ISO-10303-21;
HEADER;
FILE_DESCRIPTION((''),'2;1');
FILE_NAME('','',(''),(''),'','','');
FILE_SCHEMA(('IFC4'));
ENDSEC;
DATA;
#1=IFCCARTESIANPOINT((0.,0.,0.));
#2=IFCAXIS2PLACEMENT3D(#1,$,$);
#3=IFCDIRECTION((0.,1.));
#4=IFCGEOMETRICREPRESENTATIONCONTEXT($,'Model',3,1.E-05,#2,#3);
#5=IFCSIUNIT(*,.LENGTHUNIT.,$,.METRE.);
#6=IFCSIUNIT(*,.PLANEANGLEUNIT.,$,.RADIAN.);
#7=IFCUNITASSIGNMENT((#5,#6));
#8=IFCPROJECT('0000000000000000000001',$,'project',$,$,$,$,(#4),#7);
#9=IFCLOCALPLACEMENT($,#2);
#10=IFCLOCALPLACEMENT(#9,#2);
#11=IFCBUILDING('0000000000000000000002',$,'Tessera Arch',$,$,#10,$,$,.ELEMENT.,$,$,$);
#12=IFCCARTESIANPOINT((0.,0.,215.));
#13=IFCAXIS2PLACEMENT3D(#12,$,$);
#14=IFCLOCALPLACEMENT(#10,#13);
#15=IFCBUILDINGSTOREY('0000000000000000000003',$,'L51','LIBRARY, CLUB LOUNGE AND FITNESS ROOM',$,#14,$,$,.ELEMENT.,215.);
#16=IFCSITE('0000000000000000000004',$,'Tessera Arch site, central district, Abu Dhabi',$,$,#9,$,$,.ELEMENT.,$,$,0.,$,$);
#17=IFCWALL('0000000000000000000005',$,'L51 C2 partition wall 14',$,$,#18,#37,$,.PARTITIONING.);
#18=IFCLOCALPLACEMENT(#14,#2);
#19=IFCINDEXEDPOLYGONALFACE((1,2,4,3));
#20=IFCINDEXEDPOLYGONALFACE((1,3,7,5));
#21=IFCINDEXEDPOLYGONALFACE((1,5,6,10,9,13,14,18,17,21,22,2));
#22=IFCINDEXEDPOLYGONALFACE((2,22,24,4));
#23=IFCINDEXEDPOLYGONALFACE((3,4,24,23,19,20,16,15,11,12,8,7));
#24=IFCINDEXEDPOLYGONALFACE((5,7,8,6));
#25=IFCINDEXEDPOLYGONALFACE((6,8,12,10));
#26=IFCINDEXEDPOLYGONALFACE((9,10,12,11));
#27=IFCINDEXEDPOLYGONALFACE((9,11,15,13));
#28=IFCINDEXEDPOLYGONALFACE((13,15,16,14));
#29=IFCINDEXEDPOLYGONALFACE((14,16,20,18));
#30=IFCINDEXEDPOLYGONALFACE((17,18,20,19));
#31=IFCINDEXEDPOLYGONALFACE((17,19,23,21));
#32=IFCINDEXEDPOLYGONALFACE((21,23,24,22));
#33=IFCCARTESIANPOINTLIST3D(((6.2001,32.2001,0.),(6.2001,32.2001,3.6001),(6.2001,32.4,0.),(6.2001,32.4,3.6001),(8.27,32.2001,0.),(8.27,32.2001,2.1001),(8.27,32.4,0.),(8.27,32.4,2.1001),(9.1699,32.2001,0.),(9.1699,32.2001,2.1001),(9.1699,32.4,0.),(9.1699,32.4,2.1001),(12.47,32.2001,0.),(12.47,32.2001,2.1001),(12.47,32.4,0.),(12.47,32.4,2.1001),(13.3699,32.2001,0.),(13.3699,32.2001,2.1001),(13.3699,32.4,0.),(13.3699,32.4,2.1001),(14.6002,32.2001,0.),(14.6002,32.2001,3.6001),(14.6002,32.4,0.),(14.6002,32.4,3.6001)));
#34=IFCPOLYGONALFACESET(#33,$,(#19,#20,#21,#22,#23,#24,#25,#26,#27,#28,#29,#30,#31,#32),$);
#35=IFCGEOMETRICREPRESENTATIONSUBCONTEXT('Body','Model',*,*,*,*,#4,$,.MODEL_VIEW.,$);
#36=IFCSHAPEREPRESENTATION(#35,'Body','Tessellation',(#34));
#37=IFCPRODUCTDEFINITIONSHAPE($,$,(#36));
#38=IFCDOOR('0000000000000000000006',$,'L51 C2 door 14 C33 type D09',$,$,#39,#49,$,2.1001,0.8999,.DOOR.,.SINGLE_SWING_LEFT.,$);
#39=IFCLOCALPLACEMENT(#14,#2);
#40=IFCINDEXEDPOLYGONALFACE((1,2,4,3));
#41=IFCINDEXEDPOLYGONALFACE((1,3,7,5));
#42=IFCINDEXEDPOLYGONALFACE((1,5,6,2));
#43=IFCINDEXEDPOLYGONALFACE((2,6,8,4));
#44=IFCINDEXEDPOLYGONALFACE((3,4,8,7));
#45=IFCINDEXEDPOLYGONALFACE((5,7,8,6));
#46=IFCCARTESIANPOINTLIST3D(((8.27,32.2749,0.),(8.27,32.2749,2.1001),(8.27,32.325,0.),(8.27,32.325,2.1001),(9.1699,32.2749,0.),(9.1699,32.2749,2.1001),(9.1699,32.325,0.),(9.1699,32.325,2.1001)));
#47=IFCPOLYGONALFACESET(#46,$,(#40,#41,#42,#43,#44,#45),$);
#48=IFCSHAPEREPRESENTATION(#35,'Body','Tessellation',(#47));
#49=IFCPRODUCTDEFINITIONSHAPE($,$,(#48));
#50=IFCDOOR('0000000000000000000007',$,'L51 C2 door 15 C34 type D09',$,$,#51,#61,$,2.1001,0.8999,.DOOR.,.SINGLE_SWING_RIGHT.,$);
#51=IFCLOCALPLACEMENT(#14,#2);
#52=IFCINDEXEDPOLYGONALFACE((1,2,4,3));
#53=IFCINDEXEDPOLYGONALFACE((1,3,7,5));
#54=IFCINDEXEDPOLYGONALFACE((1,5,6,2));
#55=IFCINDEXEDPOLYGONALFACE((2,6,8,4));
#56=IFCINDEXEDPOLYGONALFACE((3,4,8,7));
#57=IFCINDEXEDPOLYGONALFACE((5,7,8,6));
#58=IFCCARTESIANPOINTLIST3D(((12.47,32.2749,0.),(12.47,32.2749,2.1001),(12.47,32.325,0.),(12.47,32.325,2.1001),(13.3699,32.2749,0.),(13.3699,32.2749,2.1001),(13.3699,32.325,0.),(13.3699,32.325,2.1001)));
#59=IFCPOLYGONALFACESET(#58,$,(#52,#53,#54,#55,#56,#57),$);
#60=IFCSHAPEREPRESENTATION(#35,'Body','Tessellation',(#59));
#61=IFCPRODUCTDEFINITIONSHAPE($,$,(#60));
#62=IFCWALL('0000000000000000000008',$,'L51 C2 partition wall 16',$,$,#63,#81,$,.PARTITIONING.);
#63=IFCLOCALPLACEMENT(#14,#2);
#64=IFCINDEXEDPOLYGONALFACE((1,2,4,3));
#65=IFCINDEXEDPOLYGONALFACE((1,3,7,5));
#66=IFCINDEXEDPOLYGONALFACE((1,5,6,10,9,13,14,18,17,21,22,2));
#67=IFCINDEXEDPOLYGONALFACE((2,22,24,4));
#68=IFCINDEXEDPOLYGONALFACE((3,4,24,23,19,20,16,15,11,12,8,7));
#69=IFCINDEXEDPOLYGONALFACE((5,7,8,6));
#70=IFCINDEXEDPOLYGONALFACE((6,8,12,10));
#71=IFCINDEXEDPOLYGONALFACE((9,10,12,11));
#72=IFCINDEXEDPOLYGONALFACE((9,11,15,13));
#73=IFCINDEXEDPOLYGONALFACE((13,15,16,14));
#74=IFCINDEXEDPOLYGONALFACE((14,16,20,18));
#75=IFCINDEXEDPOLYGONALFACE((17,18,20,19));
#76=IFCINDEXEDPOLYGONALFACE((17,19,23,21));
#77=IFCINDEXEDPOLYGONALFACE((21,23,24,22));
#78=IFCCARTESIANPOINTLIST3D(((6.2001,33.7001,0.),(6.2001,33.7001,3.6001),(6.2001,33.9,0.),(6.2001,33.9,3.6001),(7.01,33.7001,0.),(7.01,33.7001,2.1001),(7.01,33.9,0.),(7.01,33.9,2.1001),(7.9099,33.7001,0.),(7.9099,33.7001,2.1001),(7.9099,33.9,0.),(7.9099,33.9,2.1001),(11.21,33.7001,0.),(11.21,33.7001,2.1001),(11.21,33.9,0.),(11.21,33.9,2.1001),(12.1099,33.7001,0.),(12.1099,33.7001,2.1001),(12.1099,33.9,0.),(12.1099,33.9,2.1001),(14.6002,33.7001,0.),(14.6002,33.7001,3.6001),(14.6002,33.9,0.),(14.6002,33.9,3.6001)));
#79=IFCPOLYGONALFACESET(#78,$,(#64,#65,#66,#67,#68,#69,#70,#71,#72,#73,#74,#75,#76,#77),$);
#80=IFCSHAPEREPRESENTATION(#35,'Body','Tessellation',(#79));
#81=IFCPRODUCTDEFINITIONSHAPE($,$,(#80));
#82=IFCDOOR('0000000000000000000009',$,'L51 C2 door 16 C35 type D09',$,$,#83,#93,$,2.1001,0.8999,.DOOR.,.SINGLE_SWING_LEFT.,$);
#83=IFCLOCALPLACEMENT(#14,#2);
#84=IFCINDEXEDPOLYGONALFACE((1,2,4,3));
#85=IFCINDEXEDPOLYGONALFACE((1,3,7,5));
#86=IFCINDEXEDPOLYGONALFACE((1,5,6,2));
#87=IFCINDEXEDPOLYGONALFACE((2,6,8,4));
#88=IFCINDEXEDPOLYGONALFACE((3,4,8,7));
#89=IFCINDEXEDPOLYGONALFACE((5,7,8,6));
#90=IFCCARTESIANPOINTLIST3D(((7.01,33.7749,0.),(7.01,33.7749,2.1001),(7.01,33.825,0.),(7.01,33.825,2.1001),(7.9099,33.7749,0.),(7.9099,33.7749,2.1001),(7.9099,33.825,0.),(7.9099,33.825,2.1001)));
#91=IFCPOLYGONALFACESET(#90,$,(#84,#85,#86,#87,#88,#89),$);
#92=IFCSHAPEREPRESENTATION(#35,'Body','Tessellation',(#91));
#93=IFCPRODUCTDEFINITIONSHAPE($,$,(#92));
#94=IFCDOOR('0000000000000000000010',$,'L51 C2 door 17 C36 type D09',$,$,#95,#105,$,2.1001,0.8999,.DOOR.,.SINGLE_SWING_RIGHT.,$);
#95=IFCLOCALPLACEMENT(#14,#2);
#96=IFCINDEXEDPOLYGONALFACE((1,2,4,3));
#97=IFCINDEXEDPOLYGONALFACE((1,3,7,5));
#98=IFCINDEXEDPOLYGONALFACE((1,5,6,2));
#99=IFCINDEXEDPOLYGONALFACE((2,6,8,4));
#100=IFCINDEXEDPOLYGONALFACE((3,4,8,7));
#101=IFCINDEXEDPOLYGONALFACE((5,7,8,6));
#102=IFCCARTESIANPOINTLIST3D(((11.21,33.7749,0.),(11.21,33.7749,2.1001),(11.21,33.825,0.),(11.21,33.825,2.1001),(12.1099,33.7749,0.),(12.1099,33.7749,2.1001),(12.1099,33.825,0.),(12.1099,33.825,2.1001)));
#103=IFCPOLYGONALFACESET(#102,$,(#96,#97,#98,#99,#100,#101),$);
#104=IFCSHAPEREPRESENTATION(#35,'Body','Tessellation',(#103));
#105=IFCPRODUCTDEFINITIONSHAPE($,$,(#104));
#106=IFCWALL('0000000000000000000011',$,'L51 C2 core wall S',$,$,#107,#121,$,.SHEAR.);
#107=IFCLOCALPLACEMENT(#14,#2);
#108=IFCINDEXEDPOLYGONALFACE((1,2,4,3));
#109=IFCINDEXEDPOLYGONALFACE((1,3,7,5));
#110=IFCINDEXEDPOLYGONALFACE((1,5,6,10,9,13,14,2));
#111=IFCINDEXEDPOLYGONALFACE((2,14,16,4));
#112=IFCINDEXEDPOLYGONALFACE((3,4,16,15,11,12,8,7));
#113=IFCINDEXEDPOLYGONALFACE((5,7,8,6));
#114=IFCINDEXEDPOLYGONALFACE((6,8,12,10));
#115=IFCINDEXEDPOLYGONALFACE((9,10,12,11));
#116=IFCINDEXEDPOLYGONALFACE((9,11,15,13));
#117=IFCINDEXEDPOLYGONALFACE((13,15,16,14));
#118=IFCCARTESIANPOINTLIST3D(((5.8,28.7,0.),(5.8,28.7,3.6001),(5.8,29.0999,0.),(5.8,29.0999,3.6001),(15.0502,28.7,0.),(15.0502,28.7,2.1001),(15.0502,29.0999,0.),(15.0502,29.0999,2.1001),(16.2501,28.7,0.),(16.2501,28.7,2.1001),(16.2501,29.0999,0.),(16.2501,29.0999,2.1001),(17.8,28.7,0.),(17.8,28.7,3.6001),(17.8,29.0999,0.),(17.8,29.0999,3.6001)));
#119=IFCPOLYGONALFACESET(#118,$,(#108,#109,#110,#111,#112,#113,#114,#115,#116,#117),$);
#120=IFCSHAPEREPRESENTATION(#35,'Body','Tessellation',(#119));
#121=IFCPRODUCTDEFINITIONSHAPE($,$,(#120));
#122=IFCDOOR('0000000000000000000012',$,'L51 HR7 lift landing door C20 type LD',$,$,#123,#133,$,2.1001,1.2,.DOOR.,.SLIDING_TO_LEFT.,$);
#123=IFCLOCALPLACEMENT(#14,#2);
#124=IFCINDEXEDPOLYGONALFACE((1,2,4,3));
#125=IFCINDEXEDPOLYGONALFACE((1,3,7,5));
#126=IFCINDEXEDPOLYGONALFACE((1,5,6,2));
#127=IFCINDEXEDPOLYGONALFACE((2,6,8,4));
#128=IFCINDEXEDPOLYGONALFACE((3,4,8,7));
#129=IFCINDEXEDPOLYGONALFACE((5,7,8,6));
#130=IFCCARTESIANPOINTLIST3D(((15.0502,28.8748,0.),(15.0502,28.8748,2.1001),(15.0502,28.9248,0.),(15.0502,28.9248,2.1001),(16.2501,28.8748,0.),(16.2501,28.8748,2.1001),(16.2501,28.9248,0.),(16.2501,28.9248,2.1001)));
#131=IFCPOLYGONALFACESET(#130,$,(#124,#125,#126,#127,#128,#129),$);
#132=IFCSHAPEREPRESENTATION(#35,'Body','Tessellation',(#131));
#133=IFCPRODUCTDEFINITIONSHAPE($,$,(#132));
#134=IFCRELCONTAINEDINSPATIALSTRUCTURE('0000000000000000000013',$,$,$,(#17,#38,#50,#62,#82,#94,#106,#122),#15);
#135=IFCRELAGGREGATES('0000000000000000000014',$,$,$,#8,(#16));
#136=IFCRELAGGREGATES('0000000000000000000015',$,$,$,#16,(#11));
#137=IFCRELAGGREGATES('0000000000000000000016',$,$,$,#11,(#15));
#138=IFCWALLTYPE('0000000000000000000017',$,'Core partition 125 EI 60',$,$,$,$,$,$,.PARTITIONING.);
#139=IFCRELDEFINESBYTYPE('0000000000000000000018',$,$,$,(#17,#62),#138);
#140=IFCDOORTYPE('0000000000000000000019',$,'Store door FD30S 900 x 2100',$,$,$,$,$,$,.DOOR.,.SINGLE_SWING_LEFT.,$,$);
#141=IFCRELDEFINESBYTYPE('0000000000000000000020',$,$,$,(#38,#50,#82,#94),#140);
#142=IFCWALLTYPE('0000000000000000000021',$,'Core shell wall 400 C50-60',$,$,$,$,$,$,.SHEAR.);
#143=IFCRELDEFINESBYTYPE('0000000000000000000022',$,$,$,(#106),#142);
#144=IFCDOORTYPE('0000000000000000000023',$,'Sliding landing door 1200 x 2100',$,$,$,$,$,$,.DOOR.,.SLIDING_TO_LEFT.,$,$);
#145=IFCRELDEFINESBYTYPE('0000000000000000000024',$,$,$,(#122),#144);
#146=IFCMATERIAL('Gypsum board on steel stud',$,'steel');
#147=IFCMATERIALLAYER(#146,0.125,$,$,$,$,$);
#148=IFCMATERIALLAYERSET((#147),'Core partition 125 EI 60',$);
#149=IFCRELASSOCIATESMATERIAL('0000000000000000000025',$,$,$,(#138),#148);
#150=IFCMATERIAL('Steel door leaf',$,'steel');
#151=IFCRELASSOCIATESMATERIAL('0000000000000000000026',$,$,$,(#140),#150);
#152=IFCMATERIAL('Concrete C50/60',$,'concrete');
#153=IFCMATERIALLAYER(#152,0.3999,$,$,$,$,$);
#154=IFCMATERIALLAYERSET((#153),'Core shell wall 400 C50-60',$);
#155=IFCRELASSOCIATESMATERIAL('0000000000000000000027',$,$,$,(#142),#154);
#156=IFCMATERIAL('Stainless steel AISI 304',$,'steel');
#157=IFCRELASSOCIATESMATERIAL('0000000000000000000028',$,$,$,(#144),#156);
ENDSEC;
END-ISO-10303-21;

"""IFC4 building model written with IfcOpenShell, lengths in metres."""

from ifc_helpers import new_model, si_unit, direction, frame, frame_2d, origin, place, context, subcontext, project, spatial, rectangle, extrude, material, layer, layer_set, type_object, element, fill, save


model = new_model("IFC4")

# Units and contexts
model_context = context("Model", 3, precision=1e-05, world=origin(), true_north=direction((0.0, 1.0)))
body_context = subcontext(model_context, "Body", "Model", "MODEL_VIEW")
ifc_project = project(units=[si_unit("LENGTHUNIT", "METRE"), si_unit("PLANEANGLEUNIT", "RADIAN")], contexts=[model_context])

# Site, building, storey
site_placement = place(None, origin())
site = spatial("IfcSite", under=ifc_project, at=site_placement, Name="Tessera Arch site, central district, Abu Dhabi", CompositionType="ELEMENT", RefElevation=0.0)
building_placement = place(site_placement, origin())
building = spatial("IfcBuilding", under=site, at=building_placement, Name="Tessera Arch", CompositionType="ELEMENT")
storey_placement = place(building_placement, frame((0.0, 0.0, 215.0)))
storey = spatial("IfcBuildingStorey", under=building, at=storey_placement, Name="L51", Description="LIBRARY, CLUB LOUNGE AND FITNESS ROOM", CompositionType="ELEMENT", Elevation=215.0)

# Shared definitions
ifc_material_1 = material(Name="Gypsum board on steel stud", Category="steel")
ifc_layer_1 = layer(ifc_material_1, 0.125)
ifc_layer_set_1 = layer_set([ifc_layer_1], Name="Core partition 125 EI 60")
wall_type_1 = type_object("IfcWallType", Name="Core partition 125 EI 60", PredefinedType="PARTITIONING", material=ifc_layer_set_1)

# Walls, openings, doors
wall_1_placement = place(storey_placement, frame((6.2, 32.3, 0.0), z_axis=(0.0, 0.0, 1.0), x_axis=(1.0, 0.0, 0.0)))
wall_1 = element("IfcWall", 1, at=wall_1_placement, inside=storey, type_object=wall_type_1, Name="L51 C2 partition wall 14", PredefinedType="PARTITIONING", context=body_context, shape_type="SweptSolid", body=[
    extrude(rectangle(XDim=8.4001, YDim=0.2, at=frame_2d((4.2002, 0.0))), origin(), (0.0, 0.0, 1.0), 3.6001),
])
opening_1_placement = place(wall_1_placement, frame((2.0701, 0.0, 0.0)))
opening_1 = element("IfcOpeningElement", 2, at=opening_1_placement, cuts=wall_1, PredefinedType="OPENING", context=body_context, shape_type="SweptSolid", body=[
    extrude(rectangle(XDim=0.8999, YDim=2.1001, at=frame_2d((0.45, 1.05))), frame((0.0, 0.1099, 0.0), z_axis=(0.0, -1.0, 0.0), x_axis=(1.0, 0.0, 0.0)), (0.0, 0.0, 1.0), 0.22),
])
opening_2_placement = place(wall_1_placement, frame((6.27, 0.0, 0.0)))
opening_2 = element("IfcOpeningElement", 3, at=opening_2_placement, cuts=wall_1, PredefinedType="OPENING", context=body_context, shape_type="SweptSolid", body=[
    extrude(rectangle(XDim=0.8999, YDim=2.1001, at=frame_2d((0.45, 1.05))), frame((0.0, 0.1099, 0.0), z_axis=(0.0, -1.0, 0.0), x_axis=(1.0, 0.0, 0.0)), (0.0, 0.0, 1.0), 0.22),
])
ifc_material_2 = material(Name="Steel door leaf", Category="steel")
door_type_1 = type_object("IfcDoorType", Name="Store door FD30S 900 x 2100", OperationType="SINGLE_SWING_LEFT", PredefinedType="DOOR", material=ifc_material_2)
door_1_placement = place(opening_1_placement, origin())
door_1 = element("IfcDoor", 4, at=door_1_placement, inside=storey, type_object=door_type_1, Name="L51 C2 door 14 C33 type D09", OperationType="SINGLE_SWING_LEFT", OverallHeight=2.1001, OverallWidth=0.8999, PredefinedType="DOOR", context=body_context, shape_type="SweptSolid", body=[
    extrude(rectangle(XDim=0.8999, YDim=2.1001, at=frame_2d((0.45, 1.05))), frame((0.0, 0.0249, 0.0), z_axis=(0.0, -1.0, 0.0), x_axis=(1.0, 0.0, 0.0)), (0.0, 0.0, 1.0), 0.05),
])
fill(opening_1, door_1)
door_2_placement = place(opening_2_placement, origin())
door_2 = element("IfcDoor", 5, at=door_2_placement, inside=storey, type_object=door_type_1, Name="L51 C2 door 15 C34 type D09", OperationType="SINGLE_SWING_RIGHT", OverallHeight=2.1001, OverallWidth=0.8999, PredefinedType="DOOR", context=body_context, shape_type="SweptSolid", body=[
    extrude(rectangle(XDim=0.8999, YDim=2.1001, at=frame_2d((0.45, 1.05))), frame((0.0, 0.0249, 0.0), z_axis=(0.0, -1.0, 0.0), x_axis=(1.0, 0.0, 0.0)), (0.0, 0.0, 1.0), 0.05),
])
fill(opening_2, door_2)
wall_2_placement = place(storey_placement, frame((6.2, 33.8, 0.0), z_axis=(0.0, 0.0, 1.0), x_axis=(1.0, 0.0, 0.0)))
wall_2 = element("IfcWall", 6, at=wall_2_placement, inside=storey, type_object=wall_type_1, Name="L51 C2 partition wall 16", PredefinedType="PARTITIONING", context=body_context, shape_type="SweptSolid", body=[
    extrude(rectangle(XDim=8.4001, YDim=0.2, at=frame_2d((4.2002, 0.0))), origin(), (0.0, 0.0, 1.0), 3.6001),
])
opening_3_placement = place(wall_2_placement, frame((0.8101, 0.0, 0.0)))
opening_3 = element("IfcOpeningElement", 7, at=opening_3_placement, cuts=wall_2, PredefinedType="OPENING", context=body_context, shape_type="SweptSolid", body=[
    extrude(rectangle(XDim=0.8999, YDim=2.1001, at=frame_2d((0.45, 1.05))), frame((0.0, 0.1099, 0.0), z_axis=(0.0, -1.0, 0.0), x_axis=(1.0, 0.0, 0.0)), (0.0, 0.0, 1.0), 0.22),
])
opening_4_placement = place(wall_2_placement, frame((5.01, 0.0, 0.0)))
opening_4 = element("IfcOpeningElement", 8, at=opening_4_placement, cuts=wall_2, PredefinedType="OPENING", context=body_context, shape_type="SweptSolid", body=[
    extrude(rectangle(XDim=0.8999, YDim=2.1001, at=frame_2d((0.45, 1.05))), frame((0.0, 0.1099, 0.0), z_axis=(0.0, -1.0, 0.0), x_axis=(1.0, 0.0, 0.0)), (0.0, 0.0, 1.0), 0.22),
])
door_3_placement = place(opening_3_placement, origin())
door_3 = element("IfcDoor", 9, at=door_3_placement, inside=storey, type_object=door_type_1, Name="L51 C2 door 16 C35 type D09", OperationType="SINGLE_SWING_LEFT", OverallHeight=2.1001, OverallWidth=0.8999, PredefinedType="DOOR", context=body_context, shape_type="SweptSolid", body=[
    extrude(rectangle(XDim=0.8999, YDim=2.1001, at=frame_2d((0.45, 1.05))), frame((0.0, 0.0249, 0.0), z_axis=(0.0, -1.0, 0.0), x_axis=(1.0, 0.0, 0.0)), (0.0, 0.0, 1.0), 0.05),
])
fill(opening_3, door_3)
door_4_placement = place(opening_4_placement, origin())
door_4 = element("IfcDoor", 10, at=door_4_placement, inside=storey, type_object=door_type_1, Name="L51 C2 door 17 C36 type D09", OperationType="SINGLE_SWING_RIGHT", OverallHeight=2.1001, OverallWidth=0.8999, PredefinedType="DOOR", context=body_context, shape_type="SweptSolid", body=[
    extrude(rectangle(XDim=0.8999, YDim=2.1001, at=frame_2d((0.45, 1.05))), frame((0.0, 0.0249, 0.0), z_axis=(0.0, -1.0, 0.0), x_axis=(1.0, 0.0, 0.0)), (0.0, 0.0, 1.0), 0.05),
])
fill(opening_4, door_4)

# Wall, opening, door
ifc_material_3 = material(Name="Concrete C50/60", Category="concrete")
ifc_layer_2 = layer(ifc_material_3, 0.3999)
ifc_layer_set_2 = layer_set([ifc_layer_2], Name="Core shell wall 400 C50-60")
wall_type_2 = type_object("IfcWallType", Name="Core shell wall 400 C50-60", PredefinedType="SHEAR", material=ifc_layer_set_2)
wall_3_placement = place(storey_placement, frame((5.8, 28.8999, 0.0), z_axis=(0.0, 0.0, 1.0), x_axis=(1.0, 0.0, 0.0)))
wall_3 = element("IfcWall", 11, at=wall_3_placement, inside=storey, type_object=wall_type_2, Name="L51 C2 core wall S", PredefinedType="SHEAR", context=body_context, shape_type="SweptSolid", body=[
    extrude(rectangle(XDim=12.0, YDim=0.3999, at=frame_2d((6.0, 0.0))), origin(), (0.0, 0.0, 1.0), 3.6001),
])
opening_5_placement = place(wall_3_placement, frame((9.25, 0.0, 0.0)))
opening_5 = element("IfcOpeningElement", 12, at=opening_5_placement, cuts=wall_3, PredefinedType="OPENING", context=body_context, shape_type="SweptSolid", body=[
    extrude(rectangle(XDim=1.2, YDim=2.1001, at=frame_2d((0.6001, 1.05))), frame((0.0, 0.21, 0.0), z_axis=(0.0, -1.0, 0.0), x_axis=(1.0, 0.0, 0.0)), (0.0, 0.0, 1.0), 0.4199),
])
ifc_material_4 = material(Name="Stainless steel AISI 304", Category="steel")
door_type_2 = type_object("IfcDoorType", Name="Sliding landing door 1200 x 2100", OperationType="SLIDING_TO_LEFT", PredefinedType="DOOR", material=ifc_material_4)
door_5_placement = place(opening_5_placement, origin())
door_5 = element("IfcDoor", 13, at=door_5_placement, inside=storey, type_object=door_type_2, Name="L51 HR7 lift landing door C20 type LD", OperationType="SLIDING_TO_LEFT", OverallHeight=2.1001, OverallWidth=1.2, PredefinedType="DOOR", context=body_context, shape_type="SweptSolid", body=[
    extrude(rectangle(XDim=1.2, YDim=2.1001, at=frame_2d((0.6001, 1.05))), frame((0.0, 0.0249, 0.0), z_axis=(0.0, -1.0, 0.0), x_axis=(1.0, 0.0, 0.0)), (0.0, 0.0, 1.0), 0.05),
])
fill(opening_5, door_5)

save(model, "model.ifc")
